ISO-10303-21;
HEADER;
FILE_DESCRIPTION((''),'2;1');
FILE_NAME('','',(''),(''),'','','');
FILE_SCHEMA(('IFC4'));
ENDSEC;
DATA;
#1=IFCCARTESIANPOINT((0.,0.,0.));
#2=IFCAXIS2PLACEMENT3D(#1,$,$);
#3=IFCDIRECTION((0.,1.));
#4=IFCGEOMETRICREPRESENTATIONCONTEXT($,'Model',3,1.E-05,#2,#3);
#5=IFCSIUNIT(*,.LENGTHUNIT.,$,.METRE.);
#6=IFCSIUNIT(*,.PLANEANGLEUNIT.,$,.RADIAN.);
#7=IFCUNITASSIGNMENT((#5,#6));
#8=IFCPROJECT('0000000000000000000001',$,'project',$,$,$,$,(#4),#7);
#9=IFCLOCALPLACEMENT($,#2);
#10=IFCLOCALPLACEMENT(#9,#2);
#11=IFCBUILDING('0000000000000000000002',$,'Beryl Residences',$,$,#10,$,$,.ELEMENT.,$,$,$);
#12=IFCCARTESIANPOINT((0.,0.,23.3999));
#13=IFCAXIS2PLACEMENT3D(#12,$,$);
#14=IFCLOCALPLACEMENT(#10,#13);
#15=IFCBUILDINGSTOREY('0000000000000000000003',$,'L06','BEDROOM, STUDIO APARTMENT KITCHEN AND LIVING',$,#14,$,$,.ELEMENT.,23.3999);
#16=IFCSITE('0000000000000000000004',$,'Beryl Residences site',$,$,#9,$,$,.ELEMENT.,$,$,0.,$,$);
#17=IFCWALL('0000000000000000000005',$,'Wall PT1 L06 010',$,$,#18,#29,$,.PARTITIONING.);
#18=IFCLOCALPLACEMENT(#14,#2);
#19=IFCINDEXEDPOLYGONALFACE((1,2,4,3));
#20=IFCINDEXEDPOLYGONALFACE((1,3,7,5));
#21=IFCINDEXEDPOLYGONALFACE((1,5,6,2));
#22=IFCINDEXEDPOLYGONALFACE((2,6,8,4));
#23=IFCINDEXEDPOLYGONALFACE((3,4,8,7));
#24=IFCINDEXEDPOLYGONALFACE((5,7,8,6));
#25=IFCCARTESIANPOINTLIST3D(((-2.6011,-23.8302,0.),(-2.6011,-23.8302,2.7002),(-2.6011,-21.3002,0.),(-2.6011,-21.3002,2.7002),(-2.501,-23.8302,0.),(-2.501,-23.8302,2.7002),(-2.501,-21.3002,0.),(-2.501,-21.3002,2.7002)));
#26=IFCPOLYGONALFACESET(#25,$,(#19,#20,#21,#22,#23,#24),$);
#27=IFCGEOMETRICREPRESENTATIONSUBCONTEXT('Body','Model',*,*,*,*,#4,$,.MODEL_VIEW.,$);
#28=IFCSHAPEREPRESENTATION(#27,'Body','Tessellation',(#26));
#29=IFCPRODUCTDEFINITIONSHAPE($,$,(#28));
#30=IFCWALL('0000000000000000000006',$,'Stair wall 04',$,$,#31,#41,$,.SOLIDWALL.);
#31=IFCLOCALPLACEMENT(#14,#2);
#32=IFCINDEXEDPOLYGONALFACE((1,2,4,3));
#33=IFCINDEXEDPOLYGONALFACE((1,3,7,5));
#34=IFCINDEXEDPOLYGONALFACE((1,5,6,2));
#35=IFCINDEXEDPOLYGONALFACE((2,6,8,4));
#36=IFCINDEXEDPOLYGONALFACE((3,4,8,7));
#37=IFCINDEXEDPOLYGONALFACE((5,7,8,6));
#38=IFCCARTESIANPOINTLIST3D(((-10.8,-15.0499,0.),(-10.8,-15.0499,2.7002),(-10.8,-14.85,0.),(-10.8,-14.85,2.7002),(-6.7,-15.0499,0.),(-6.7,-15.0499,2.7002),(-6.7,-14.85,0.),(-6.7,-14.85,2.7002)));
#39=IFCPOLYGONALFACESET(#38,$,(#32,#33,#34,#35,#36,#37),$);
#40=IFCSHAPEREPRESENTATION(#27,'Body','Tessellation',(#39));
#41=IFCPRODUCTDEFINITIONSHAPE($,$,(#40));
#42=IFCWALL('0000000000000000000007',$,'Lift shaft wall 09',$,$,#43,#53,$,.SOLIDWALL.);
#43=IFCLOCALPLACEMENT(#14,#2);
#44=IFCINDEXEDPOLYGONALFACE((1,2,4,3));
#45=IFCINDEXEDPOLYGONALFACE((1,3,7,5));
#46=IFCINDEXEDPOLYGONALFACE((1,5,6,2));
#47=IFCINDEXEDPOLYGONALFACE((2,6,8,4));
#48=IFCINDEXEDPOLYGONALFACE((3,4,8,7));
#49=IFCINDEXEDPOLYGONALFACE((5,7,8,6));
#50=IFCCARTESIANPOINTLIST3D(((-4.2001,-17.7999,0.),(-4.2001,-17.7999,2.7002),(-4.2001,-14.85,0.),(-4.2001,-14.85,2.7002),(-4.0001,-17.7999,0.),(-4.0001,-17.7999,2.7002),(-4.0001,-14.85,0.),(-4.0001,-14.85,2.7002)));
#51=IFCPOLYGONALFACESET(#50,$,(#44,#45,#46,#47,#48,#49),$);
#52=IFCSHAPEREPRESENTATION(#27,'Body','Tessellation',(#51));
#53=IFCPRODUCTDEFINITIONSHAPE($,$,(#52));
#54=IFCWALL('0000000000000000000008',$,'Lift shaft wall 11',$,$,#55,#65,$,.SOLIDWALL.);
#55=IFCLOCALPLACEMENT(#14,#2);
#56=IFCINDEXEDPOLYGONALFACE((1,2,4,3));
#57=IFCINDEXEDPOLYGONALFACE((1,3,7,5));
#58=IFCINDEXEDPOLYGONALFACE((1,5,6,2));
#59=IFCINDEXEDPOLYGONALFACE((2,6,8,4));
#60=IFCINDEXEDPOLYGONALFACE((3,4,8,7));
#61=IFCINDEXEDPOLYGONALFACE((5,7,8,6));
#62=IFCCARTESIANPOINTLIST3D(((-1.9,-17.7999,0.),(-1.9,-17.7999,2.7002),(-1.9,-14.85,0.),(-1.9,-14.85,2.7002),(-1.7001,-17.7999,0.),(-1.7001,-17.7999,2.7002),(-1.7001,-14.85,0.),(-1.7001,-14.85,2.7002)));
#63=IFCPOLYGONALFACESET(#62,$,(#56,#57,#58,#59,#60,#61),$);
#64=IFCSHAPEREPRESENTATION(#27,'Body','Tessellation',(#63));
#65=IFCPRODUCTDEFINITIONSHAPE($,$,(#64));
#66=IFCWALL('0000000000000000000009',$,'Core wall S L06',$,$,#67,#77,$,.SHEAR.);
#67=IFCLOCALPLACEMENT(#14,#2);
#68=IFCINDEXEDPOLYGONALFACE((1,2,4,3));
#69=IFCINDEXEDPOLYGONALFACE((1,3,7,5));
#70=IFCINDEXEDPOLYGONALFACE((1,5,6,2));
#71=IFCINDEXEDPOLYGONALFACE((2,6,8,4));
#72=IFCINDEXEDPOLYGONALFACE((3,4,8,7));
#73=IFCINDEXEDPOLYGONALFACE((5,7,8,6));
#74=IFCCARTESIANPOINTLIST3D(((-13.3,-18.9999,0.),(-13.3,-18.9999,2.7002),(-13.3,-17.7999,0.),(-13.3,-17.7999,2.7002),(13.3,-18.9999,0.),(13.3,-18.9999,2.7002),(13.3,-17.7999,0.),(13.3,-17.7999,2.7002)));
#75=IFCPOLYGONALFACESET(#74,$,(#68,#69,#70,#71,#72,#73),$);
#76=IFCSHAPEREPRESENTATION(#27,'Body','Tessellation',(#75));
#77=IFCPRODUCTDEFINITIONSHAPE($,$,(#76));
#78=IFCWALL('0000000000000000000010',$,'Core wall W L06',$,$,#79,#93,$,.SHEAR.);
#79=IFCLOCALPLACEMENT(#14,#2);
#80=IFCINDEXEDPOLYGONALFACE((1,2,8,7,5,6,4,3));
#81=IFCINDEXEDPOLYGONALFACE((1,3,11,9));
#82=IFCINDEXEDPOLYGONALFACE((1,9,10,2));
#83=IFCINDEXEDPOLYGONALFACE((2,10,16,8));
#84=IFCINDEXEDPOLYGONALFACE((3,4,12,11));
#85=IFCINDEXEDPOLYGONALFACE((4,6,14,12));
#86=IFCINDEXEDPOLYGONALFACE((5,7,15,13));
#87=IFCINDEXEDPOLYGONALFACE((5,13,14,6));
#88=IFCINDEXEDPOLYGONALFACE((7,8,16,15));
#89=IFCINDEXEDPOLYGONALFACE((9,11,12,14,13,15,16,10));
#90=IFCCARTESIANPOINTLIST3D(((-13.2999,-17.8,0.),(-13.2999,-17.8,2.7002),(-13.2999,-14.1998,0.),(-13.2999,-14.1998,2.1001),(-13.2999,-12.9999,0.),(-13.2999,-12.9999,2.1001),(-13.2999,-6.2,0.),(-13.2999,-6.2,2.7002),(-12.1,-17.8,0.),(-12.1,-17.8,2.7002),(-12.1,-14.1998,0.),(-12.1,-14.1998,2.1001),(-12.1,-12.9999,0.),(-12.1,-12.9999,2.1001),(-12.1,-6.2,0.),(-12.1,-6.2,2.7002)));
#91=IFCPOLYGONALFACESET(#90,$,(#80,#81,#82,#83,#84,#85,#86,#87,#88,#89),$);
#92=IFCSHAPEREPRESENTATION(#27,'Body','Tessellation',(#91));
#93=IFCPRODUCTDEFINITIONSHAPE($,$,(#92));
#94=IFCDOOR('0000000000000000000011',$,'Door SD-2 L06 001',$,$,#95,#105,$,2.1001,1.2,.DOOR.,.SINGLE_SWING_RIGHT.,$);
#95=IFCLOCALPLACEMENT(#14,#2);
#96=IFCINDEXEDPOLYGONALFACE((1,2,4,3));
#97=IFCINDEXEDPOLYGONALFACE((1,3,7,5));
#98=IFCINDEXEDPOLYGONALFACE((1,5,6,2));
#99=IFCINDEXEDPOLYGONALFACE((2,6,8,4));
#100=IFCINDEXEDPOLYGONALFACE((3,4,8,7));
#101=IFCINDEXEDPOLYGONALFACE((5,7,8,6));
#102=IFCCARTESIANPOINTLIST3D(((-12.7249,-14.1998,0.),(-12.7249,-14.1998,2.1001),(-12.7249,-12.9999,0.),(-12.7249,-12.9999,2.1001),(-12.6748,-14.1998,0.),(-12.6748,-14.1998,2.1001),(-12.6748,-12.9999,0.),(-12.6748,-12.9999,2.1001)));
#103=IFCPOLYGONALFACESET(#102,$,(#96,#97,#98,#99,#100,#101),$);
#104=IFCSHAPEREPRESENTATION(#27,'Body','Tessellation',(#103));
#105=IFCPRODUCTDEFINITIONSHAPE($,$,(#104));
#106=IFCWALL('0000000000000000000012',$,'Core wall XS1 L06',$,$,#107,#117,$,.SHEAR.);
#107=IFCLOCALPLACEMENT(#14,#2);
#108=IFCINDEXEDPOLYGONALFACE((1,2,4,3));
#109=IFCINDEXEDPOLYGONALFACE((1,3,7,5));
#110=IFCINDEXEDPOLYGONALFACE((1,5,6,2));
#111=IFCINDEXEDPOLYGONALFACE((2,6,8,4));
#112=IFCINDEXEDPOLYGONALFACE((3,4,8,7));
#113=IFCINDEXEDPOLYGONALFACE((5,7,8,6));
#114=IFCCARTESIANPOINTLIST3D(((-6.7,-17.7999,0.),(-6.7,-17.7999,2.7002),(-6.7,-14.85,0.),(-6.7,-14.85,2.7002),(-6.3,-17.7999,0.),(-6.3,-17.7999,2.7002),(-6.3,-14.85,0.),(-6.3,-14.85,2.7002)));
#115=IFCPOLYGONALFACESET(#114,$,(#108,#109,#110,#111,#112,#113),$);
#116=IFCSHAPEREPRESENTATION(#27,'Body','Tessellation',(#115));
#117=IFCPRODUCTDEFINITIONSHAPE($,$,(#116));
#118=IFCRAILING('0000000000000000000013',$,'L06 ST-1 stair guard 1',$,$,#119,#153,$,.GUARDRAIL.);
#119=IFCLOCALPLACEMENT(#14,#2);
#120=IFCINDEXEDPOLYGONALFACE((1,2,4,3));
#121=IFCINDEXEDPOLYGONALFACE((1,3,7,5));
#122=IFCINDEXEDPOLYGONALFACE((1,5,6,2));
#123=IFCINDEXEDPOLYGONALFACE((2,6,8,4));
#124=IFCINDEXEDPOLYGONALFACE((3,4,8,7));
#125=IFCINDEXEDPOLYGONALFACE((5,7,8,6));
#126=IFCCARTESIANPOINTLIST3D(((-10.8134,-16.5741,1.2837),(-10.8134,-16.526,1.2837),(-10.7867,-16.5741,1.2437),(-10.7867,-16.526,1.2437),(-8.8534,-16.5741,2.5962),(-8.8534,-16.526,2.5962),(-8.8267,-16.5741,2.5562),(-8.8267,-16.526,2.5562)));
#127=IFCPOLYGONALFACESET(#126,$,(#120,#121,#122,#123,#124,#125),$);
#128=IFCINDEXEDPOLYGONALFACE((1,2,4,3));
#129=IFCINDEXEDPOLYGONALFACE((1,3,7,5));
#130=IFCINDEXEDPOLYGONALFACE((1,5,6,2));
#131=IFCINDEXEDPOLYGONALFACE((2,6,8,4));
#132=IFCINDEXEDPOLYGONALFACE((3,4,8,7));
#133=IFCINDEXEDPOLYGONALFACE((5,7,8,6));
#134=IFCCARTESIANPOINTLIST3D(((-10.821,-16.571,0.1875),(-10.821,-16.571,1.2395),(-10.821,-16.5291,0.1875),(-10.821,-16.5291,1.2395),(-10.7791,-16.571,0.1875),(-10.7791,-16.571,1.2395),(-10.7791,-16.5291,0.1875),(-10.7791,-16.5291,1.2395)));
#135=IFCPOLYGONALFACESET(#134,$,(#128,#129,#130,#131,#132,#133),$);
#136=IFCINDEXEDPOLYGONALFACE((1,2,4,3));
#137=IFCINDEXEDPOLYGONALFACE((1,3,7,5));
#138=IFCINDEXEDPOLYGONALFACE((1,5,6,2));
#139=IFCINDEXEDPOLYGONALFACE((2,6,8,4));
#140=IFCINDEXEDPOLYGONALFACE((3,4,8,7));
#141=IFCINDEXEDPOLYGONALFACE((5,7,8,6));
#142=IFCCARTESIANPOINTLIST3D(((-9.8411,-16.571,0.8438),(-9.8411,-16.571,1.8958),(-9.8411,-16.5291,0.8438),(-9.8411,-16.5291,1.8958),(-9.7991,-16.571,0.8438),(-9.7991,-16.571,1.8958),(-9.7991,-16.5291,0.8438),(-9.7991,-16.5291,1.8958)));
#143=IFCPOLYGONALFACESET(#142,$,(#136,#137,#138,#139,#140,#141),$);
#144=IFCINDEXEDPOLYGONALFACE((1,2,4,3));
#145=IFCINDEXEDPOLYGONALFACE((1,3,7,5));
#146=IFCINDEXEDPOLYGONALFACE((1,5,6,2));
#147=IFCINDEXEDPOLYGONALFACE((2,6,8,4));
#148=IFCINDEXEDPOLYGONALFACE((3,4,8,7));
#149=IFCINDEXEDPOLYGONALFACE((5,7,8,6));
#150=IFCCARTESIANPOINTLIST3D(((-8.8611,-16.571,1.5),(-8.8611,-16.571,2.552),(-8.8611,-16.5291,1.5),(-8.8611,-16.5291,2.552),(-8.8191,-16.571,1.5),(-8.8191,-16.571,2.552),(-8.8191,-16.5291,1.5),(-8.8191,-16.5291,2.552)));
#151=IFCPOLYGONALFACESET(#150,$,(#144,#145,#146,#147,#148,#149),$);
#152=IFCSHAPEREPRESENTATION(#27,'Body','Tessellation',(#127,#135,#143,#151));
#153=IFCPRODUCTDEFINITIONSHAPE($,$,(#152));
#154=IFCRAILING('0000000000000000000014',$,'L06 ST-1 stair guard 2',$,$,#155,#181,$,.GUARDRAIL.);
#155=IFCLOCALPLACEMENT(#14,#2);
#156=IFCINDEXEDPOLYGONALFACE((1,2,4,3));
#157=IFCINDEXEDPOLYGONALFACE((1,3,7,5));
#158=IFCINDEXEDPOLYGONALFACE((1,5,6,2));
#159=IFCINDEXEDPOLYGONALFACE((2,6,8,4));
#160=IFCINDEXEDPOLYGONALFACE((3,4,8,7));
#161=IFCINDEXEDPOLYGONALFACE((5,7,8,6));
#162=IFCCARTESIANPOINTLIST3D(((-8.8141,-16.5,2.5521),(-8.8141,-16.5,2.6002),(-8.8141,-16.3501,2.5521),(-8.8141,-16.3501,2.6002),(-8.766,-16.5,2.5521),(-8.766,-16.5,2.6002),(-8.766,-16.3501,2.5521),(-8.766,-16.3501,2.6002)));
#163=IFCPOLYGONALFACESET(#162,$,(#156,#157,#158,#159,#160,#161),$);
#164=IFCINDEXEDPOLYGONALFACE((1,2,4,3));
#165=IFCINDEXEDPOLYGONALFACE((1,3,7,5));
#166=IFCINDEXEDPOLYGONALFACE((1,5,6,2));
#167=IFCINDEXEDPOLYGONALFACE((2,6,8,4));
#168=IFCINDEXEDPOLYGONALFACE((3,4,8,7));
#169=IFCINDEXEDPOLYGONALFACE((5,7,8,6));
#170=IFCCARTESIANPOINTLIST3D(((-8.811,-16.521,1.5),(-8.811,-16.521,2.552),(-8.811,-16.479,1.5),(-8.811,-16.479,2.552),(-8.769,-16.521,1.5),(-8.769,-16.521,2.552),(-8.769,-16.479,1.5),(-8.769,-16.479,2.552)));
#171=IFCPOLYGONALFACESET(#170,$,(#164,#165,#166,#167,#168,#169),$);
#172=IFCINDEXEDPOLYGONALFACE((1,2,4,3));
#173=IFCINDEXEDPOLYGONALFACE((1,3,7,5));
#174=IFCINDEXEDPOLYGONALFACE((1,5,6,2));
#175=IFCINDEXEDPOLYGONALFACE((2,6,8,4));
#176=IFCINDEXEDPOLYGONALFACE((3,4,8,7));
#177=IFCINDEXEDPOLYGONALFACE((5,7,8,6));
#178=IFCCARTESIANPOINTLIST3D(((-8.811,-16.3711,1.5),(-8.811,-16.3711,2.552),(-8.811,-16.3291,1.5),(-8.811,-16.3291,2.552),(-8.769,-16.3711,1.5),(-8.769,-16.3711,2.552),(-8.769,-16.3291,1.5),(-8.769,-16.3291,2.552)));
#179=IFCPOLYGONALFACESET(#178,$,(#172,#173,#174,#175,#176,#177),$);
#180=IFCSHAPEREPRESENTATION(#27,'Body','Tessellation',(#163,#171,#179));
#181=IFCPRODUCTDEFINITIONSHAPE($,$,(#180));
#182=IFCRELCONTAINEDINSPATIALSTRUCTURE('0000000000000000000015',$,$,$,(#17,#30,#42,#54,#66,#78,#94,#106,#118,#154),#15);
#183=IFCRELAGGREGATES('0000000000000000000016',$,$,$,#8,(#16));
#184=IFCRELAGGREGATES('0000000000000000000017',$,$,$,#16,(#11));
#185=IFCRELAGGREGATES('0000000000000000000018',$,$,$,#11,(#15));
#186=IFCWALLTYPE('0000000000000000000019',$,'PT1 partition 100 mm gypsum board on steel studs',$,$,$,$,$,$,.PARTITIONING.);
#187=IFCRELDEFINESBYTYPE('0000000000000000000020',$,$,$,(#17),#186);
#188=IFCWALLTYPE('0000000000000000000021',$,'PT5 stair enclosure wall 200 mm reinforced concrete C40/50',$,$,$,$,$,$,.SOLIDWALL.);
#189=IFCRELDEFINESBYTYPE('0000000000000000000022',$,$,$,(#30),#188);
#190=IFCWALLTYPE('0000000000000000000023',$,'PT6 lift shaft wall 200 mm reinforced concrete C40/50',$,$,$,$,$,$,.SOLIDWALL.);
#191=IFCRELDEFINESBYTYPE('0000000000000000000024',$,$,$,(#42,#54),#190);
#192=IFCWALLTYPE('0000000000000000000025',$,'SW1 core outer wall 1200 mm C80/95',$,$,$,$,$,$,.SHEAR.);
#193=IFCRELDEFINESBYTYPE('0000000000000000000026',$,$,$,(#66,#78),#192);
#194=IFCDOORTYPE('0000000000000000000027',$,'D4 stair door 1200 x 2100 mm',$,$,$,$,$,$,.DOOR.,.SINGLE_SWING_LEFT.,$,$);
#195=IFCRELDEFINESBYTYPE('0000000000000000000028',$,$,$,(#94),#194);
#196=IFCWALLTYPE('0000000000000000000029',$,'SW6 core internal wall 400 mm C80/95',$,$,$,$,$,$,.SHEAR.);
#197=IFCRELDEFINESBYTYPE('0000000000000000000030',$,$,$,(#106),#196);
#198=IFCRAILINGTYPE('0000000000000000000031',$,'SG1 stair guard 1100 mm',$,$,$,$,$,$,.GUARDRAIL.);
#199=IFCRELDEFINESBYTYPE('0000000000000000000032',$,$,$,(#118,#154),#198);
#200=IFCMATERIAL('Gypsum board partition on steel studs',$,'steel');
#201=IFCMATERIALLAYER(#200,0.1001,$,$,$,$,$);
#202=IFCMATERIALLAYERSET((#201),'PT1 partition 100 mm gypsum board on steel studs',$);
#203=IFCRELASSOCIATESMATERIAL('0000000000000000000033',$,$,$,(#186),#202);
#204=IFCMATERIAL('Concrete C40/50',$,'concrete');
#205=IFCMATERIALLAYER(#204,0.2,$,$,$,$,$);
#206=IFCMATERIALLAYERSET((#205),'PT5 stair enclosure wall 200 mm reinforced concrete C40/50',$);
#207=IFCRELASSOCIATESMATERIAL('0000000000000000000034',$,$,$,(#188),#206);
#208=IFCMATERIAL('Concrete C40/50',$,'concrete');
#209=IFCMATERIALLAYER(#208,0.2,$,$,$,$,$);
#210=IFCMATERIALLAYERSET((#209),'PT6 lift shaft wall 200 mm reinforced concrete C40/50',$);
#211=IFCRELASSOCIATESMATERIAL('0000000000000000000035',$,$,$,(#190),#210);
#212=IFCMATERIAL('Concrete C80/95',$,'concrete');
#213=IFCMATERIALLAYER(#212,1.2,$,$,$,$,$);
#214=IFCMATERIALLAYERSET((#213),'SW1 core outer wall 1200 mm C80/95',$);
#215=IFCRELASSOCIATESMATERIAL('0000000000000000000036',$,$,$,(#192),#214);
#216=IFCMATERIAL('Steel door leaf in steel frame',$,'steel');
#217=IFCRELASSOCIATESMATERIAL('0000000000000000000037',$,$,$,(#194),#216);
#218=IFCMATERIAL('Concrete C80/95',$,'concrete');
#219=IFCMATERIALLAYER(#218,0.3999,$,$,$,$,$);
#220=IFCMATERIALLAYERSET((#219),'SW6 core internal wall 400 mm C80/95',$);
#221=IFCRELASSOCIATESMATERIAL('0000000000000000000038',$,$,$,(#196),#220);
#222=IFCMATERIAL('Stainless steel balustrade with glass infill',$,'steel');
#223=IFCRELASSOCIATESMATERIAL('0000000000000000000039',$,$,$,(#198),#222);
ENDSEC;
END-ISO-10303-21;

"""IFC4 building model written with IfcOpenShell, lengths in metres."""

from ifc_helpers import new_model, si_unit, direction, frame, frame_2d, origin, origin_2d, place, context, subcontext, project, spatial, rectangle, extrude, material, layer, layer_set, type_object, element, fill, save


model = new_model("IFC4")

# Units and contexts
model_context = context("Model", 3, precision=1e-05, world=origin(), true_north=direction((0.0, 1.0)))
body_context = subcontext(model_context, "Body", "Model", "MODEL_VIEW")
ifc_project = project(units=[si_unit("LENGTHUNIT", "METRE"), si_unit("PLANEANGLEUNIT", "RADIAN")], contexts=[model_context])

# Site, building, storey
site_placement = place(None, origin())
site = spatial("IfcSite", under=ifc_project, at=site_placement, Name="Beryl Residences site", CompositionType="ELEMENT", RefElevation=0.0)
building_placement = place(site_placement, origin())
building = spatial("IfcBuilding", under=site, at=building_placement, Name="Beryl Residences", CompositionType="ELEMENT")
storey_placement = place(building_placement, frame((0.0, 0.0, 23.3999)))
storey = spatial("IfcBuildingStorey", under=building, at=storey_placement, Name="L06", Description="BEDROOM, STUDIO APARTMENT KITCHEN AND LIVING", CompositionType="ELEMENT", Elevation=23.3999)

# Walls
ifc_material_1 = material(Name="Gypsum board partition on steel studs", Category="steel")
ifc_layer_1 = layer(ifc_material_1, 0.1001)
ifc_layer_set_1 = layer_set([ifc_layer_1], Name="PT1 partition 100 mm gypsum board on steel studs")
wall_type_1 = type_object("IfcWallType", Name="PT1 partition 100 mm gypsum board on steel studs", PredefinedType="PARTITIONING", material=ifc_layer_set_1)
wall_1_placement = place(storey_placement, frame((-2.551, -21.3, 0.0), z_axis=(0.0, 0.0, 1.0), x_axis=(0.0, -1.0, 0.0)))
element("IfcWall", 1, at=wall_1_placement, inside=storey, type_object=wall_type_1, Name="Wall PT1 L06 010", PredefinedType="PARTITIONING", context=body_context, shape_type="SweptSolid", body=[
    extrude(rectangle(XDim=2.53, YDim=0.1001, at=frame_2d((1.2651, 0.0))), origin(), (0.0, 0.0, 1.0), 2.7002),
])
ifc_material_2 = material(Name="Concrete C40/50", Category="concrete")
ifc_layer_2 = layer(ifc_material_2, 0.2)
ifc_layer_set_2 = layer_set([ifc_layer_2], Name="PT5 stair enclosure wall 200 mm reinforced concrete C40/50")
wall_type_2 = type_object("IfcWallType", Name="PT5 stair enclosure wall 200 mm reinforced concrete C40/50", PredefinedType="SOLIDWALL", material=ifc_layer_set_2)
wall_2_placement = place(storey_placement, frame((-10.8, -14.95, 0.0), z_axis=(0.0, 0.0, 1.0), x_axis=(1.0, 0.0, 0.0)))
element("IfcWall", 2, at=wall_2_placement, inside=storey, type_object=wall_type_2, Name="Stair wall 04", PredefinedType="SOLIDWALL", context=body_context, shape_type="SweptSolid", body=[
    extrude(rectangle(XDim=4.1001, YDim=0.2, at=frame_2d((2.05, 0.0))), origin(), (0.0, 0.0, 1.0), 2.7002),
])
ifc_material_3 = material(Name="Concrete C40/50", Category="concrete")
ifc_layer_3 = layer(ifc_material_3, 0.2)
ifc_layer_set_3 = layer_set([ifc_layer_3], Name="PT6 lift shaft wall 200 mm reinforced concrete C40/50")
wall_type_3 = type_object("IfcWallType", Name="PT6 lift shaft wall 200 mm reinforced concrete C40/50", PredefinedType="SOLIDWALL", material=ifc_layer_set_3)
for number, where, z_axis, x_axis, name in (
    (3, (-4.1001, -17.8, 0.0), (0.0, 0.0, 1.0), (0.0, 1.0, 0.0), "Lift shaft wall 09"),
    (4, (-1.8, -17.8, 0.0), (0.0, 0.0, 1.0), (0.0, 1.0, 0.0), "Lift shaft wall 11"),
):
    element("IfcWall", number, at=place(storey_placement, frame(where, z_axis=z_axis, x_axis=x_axis)), inside=storey, type_object=wall_type_3, Name=name, PredefinedType="SOLIDWALL", context=body_context, shape_type="SweptSolid", body=[
        extrude(rectangle(XDim=2.95, YDim=0.2, at=frame_2d((1.4751, 0.0))), origin(), (0.0, 0.0, 1.0), 2.7002),
    ])
ifc_material_4 = material(Name="Concrete C80/95", Category="concrete")
ifc_layer_4 = layer(ifc_material_4, 1.2)
ifc_layer_set_4 = layer_set([ifc_layer_4], Name="SW1 core outer wall 1200 mm C80/95")
wall_type_4 = type_object("IfcWallType", Name="SW1 core outer wall 1200 mm C80/95", PredefinedType="SHEAR", material=ifc_layer_set_4)
wall_3_placement = place(storey_placement, frame((-13.3, -18.3999, 0.0), z_axis=(0.0, 0.0, 1.0), x_axis=(1.0, 0.0, 0.0)))
element("IfcWall", 5, at=wall_3_placement, inside=storey, type_object=wall_type_4, Name="Core wall S L06", PredefinedType="SHEAR", context=body_context, shape_type="SweptSolid", body=[
    extrude(rectangle(XDim=26.6001, YDim=1.2, at=frame_2d((13.3, 0.0))), origin(), (0.0, 0.0, 1.0), 2.7002),
])

# Wall, opening, door
wall_4_placement = place(storey_placement, frame((-12.7, -17.8, 0.0), z_axis=(0.0, 0.0, 1.0), x_axis=(0.0, 1.0, 0.0)))
wall_4 = element("IfcWall", 6, at=wall_4_placement, inside=storey, type_object=wall_type_4, Name="Core wall W L06", PredefinedType="SHEAR", context=body_context, shape_type="SweptSolid", body=[
    extrude(rectangle(XDim=11.6001, YDim=1.2, at=frame_2d((5.8, 0.0))), origin(), (0.0, 0.0, 1.0), 2.7002),
])
opening_placement = place(wall_4_placement, frame((3.6001, 0.0, 0.0)))
opening = element("IfcOpeningElement", 7, at=opening_placement, cuts=wall_4, PredefinedType="OPENING", context=body_context, shape_type="SweptSolid", body=[
    extrude(rectangle(XDim=1.2, YDim=2.1001, at=frame_2d((0.6001, 1.05))), frame((0.0, 0.6099, 0.0), z_axis=(0.0, -1.0, 0.0), x_axis=(1.0, 0.0, 0.0)), (0.0, 0.0, 1.0), 1.22),
])
ifc_material_5 = material(Name="Steel door leaf in steel frame", Category="steel")
door_type = type_object("IfcDoorType", Name="D4 stair door 1200 x 2100 mm", OperationType="SINGLE_SWING_LEFT", PredefinedType="DOOR", material=ifc_material_5)
door_placement = place(opening_placement, origin())
door = element("IfcDoor", 8, at=door_placement, inside=storey, type_object=door_type, Name="Door SD-2 L06 001", OperationType="SINGLE_SWING_RIGHT", OverallHeight=2.1001, OverallWidth=1.2, PredefinedType="DOOR", context=body_context, shape_type="SweptSolid", body=[
    extrude(rectangle(XDim=1.2, YDim=2.1001, at=frame_2d((0.6001, 1.05))), frame((0.0, 0.0249, 0.0), z_axis=(0.0, -1.0, 0.0), x_axis=(1.0, 0.0, 0.0)), (0.0, 0.0, 1.0), 0.05),
])
fill(opening, door)

# Wall
ifc_material_6 = material(Name="Concrete C80/95", Category="concrete")
ifc_layer_5 = layer(ifc_material_6, 0.3999)
ifc_layer_set_5 = layer_set([ifc_layer_5], Name="SW6 core internal wall 400 mm C80/95")
wall_type_5 = type_object("IfcWallType", Name="SW6 core internal wall 400 mm C80/95", PredefinedType="SHEAR", material=ifc_layer_set_5)
wall_5_placement = place(storey_placement, frame((-6.5, -17.8, 0.0), z_axis=(0.0, 0.0, 1.0), x_axis=(0.0, 1.0, 0.0)))
element("IfcWall", 9, at=wall_5_placement, inside=storey, type_object=wall_type_5, Name="Core wall XS1 L06", PredefinedType="SHEAR", context=body_context, shape_type="SweptSolid", body=[
    extrude(rectangle(XDim=2.95, YDim=0.3999, at=frame_2d((1.4751, 0.0))), origin(), (0.0, 0.0, 1.0), 2.7002),
])

# Railings
ifc_material_7 = material(Name="Stainless steel balustrade with glass infill", Category="steel")
railing_type_1 = type_object("IfcRailingType", Name="SG1 stair guard 1100 mm", PredefinedType="GUARDRAIL", material=ifc_material_7)
railing_1_placement = place(storey_placement, frame((-10.8, -16.55, 0.1875)))
element("IfcRailing", 10, at=railing_1_placement, inside=storey, type_object=railing_type_1, Name="L06 ST-1 stair guard 1", PredefinedType="GUARDRAIL", context=body_context, shape_type="SweptSolid", body=[
    extrude(rectangle(XDim=0.0481, YDim=0.0481, at=origin_2d()), frame((0.0, 0.0, 1.0762), z_axis=(0.830902, 0.0, 0.556419), x_axis=(0.0, 1.0, 0.0)), (0.0, 0.0, 1.0), 2.3589),
    extrude(rectangle(XDim=0.042, YDim=0.042, at=origin_2d()), origin(), (0.0, 0.0, 1.0), 1.052),
    extrude(rectangle(XDim=0.042, YDim=0.042, at=origin_2d()), frame((0.98, 0.0, 0.6562)), (0.0, 0.0, 1.0), 1.052),
    extrude(rectangle(XDim=0.042, YDim=0.042, at=origin_2d()), frame((1.96, 0.0, 1.3125)), (0.0, 0.0, 1.0), 1.052),
])
railing_2_placement = place(storey_placement, frame((-8.79, -16.5, 1.5)))
element("IfcRailing", 11, at=railing_2_placement, inside=storey, type_object=railing_type_1, Name="L06 ST-1 stair guard 2", PredefinedType="GUARDRAIL", context=body_context, shape_type="SweptSolid", body=[
    extrude(rectangle(XDim=0.0481, YDim=0.0481, at=origin_2d()), frame((0.0, 0.0, 1.0762), z_axis=(0.0, 1.0, 0.0), x_axis=(-1.0, 0.0, 0.0)), (0.0, 0.0, 1.0), 0.1499),
    extrude(rectangle(XDim=0.042, YDim=0.042, at=origin_2d()), origin(), (0.0, 0.0, 1.0), 1.052),
    extrude(rectangle(XDim=0.042, YDim=0.042, at=origin_2d()), frame((0.0, 0.1499, 0.0)), (0.0, 0.0, 1.0), 1.052),
])

save(model, "model.ifc")
